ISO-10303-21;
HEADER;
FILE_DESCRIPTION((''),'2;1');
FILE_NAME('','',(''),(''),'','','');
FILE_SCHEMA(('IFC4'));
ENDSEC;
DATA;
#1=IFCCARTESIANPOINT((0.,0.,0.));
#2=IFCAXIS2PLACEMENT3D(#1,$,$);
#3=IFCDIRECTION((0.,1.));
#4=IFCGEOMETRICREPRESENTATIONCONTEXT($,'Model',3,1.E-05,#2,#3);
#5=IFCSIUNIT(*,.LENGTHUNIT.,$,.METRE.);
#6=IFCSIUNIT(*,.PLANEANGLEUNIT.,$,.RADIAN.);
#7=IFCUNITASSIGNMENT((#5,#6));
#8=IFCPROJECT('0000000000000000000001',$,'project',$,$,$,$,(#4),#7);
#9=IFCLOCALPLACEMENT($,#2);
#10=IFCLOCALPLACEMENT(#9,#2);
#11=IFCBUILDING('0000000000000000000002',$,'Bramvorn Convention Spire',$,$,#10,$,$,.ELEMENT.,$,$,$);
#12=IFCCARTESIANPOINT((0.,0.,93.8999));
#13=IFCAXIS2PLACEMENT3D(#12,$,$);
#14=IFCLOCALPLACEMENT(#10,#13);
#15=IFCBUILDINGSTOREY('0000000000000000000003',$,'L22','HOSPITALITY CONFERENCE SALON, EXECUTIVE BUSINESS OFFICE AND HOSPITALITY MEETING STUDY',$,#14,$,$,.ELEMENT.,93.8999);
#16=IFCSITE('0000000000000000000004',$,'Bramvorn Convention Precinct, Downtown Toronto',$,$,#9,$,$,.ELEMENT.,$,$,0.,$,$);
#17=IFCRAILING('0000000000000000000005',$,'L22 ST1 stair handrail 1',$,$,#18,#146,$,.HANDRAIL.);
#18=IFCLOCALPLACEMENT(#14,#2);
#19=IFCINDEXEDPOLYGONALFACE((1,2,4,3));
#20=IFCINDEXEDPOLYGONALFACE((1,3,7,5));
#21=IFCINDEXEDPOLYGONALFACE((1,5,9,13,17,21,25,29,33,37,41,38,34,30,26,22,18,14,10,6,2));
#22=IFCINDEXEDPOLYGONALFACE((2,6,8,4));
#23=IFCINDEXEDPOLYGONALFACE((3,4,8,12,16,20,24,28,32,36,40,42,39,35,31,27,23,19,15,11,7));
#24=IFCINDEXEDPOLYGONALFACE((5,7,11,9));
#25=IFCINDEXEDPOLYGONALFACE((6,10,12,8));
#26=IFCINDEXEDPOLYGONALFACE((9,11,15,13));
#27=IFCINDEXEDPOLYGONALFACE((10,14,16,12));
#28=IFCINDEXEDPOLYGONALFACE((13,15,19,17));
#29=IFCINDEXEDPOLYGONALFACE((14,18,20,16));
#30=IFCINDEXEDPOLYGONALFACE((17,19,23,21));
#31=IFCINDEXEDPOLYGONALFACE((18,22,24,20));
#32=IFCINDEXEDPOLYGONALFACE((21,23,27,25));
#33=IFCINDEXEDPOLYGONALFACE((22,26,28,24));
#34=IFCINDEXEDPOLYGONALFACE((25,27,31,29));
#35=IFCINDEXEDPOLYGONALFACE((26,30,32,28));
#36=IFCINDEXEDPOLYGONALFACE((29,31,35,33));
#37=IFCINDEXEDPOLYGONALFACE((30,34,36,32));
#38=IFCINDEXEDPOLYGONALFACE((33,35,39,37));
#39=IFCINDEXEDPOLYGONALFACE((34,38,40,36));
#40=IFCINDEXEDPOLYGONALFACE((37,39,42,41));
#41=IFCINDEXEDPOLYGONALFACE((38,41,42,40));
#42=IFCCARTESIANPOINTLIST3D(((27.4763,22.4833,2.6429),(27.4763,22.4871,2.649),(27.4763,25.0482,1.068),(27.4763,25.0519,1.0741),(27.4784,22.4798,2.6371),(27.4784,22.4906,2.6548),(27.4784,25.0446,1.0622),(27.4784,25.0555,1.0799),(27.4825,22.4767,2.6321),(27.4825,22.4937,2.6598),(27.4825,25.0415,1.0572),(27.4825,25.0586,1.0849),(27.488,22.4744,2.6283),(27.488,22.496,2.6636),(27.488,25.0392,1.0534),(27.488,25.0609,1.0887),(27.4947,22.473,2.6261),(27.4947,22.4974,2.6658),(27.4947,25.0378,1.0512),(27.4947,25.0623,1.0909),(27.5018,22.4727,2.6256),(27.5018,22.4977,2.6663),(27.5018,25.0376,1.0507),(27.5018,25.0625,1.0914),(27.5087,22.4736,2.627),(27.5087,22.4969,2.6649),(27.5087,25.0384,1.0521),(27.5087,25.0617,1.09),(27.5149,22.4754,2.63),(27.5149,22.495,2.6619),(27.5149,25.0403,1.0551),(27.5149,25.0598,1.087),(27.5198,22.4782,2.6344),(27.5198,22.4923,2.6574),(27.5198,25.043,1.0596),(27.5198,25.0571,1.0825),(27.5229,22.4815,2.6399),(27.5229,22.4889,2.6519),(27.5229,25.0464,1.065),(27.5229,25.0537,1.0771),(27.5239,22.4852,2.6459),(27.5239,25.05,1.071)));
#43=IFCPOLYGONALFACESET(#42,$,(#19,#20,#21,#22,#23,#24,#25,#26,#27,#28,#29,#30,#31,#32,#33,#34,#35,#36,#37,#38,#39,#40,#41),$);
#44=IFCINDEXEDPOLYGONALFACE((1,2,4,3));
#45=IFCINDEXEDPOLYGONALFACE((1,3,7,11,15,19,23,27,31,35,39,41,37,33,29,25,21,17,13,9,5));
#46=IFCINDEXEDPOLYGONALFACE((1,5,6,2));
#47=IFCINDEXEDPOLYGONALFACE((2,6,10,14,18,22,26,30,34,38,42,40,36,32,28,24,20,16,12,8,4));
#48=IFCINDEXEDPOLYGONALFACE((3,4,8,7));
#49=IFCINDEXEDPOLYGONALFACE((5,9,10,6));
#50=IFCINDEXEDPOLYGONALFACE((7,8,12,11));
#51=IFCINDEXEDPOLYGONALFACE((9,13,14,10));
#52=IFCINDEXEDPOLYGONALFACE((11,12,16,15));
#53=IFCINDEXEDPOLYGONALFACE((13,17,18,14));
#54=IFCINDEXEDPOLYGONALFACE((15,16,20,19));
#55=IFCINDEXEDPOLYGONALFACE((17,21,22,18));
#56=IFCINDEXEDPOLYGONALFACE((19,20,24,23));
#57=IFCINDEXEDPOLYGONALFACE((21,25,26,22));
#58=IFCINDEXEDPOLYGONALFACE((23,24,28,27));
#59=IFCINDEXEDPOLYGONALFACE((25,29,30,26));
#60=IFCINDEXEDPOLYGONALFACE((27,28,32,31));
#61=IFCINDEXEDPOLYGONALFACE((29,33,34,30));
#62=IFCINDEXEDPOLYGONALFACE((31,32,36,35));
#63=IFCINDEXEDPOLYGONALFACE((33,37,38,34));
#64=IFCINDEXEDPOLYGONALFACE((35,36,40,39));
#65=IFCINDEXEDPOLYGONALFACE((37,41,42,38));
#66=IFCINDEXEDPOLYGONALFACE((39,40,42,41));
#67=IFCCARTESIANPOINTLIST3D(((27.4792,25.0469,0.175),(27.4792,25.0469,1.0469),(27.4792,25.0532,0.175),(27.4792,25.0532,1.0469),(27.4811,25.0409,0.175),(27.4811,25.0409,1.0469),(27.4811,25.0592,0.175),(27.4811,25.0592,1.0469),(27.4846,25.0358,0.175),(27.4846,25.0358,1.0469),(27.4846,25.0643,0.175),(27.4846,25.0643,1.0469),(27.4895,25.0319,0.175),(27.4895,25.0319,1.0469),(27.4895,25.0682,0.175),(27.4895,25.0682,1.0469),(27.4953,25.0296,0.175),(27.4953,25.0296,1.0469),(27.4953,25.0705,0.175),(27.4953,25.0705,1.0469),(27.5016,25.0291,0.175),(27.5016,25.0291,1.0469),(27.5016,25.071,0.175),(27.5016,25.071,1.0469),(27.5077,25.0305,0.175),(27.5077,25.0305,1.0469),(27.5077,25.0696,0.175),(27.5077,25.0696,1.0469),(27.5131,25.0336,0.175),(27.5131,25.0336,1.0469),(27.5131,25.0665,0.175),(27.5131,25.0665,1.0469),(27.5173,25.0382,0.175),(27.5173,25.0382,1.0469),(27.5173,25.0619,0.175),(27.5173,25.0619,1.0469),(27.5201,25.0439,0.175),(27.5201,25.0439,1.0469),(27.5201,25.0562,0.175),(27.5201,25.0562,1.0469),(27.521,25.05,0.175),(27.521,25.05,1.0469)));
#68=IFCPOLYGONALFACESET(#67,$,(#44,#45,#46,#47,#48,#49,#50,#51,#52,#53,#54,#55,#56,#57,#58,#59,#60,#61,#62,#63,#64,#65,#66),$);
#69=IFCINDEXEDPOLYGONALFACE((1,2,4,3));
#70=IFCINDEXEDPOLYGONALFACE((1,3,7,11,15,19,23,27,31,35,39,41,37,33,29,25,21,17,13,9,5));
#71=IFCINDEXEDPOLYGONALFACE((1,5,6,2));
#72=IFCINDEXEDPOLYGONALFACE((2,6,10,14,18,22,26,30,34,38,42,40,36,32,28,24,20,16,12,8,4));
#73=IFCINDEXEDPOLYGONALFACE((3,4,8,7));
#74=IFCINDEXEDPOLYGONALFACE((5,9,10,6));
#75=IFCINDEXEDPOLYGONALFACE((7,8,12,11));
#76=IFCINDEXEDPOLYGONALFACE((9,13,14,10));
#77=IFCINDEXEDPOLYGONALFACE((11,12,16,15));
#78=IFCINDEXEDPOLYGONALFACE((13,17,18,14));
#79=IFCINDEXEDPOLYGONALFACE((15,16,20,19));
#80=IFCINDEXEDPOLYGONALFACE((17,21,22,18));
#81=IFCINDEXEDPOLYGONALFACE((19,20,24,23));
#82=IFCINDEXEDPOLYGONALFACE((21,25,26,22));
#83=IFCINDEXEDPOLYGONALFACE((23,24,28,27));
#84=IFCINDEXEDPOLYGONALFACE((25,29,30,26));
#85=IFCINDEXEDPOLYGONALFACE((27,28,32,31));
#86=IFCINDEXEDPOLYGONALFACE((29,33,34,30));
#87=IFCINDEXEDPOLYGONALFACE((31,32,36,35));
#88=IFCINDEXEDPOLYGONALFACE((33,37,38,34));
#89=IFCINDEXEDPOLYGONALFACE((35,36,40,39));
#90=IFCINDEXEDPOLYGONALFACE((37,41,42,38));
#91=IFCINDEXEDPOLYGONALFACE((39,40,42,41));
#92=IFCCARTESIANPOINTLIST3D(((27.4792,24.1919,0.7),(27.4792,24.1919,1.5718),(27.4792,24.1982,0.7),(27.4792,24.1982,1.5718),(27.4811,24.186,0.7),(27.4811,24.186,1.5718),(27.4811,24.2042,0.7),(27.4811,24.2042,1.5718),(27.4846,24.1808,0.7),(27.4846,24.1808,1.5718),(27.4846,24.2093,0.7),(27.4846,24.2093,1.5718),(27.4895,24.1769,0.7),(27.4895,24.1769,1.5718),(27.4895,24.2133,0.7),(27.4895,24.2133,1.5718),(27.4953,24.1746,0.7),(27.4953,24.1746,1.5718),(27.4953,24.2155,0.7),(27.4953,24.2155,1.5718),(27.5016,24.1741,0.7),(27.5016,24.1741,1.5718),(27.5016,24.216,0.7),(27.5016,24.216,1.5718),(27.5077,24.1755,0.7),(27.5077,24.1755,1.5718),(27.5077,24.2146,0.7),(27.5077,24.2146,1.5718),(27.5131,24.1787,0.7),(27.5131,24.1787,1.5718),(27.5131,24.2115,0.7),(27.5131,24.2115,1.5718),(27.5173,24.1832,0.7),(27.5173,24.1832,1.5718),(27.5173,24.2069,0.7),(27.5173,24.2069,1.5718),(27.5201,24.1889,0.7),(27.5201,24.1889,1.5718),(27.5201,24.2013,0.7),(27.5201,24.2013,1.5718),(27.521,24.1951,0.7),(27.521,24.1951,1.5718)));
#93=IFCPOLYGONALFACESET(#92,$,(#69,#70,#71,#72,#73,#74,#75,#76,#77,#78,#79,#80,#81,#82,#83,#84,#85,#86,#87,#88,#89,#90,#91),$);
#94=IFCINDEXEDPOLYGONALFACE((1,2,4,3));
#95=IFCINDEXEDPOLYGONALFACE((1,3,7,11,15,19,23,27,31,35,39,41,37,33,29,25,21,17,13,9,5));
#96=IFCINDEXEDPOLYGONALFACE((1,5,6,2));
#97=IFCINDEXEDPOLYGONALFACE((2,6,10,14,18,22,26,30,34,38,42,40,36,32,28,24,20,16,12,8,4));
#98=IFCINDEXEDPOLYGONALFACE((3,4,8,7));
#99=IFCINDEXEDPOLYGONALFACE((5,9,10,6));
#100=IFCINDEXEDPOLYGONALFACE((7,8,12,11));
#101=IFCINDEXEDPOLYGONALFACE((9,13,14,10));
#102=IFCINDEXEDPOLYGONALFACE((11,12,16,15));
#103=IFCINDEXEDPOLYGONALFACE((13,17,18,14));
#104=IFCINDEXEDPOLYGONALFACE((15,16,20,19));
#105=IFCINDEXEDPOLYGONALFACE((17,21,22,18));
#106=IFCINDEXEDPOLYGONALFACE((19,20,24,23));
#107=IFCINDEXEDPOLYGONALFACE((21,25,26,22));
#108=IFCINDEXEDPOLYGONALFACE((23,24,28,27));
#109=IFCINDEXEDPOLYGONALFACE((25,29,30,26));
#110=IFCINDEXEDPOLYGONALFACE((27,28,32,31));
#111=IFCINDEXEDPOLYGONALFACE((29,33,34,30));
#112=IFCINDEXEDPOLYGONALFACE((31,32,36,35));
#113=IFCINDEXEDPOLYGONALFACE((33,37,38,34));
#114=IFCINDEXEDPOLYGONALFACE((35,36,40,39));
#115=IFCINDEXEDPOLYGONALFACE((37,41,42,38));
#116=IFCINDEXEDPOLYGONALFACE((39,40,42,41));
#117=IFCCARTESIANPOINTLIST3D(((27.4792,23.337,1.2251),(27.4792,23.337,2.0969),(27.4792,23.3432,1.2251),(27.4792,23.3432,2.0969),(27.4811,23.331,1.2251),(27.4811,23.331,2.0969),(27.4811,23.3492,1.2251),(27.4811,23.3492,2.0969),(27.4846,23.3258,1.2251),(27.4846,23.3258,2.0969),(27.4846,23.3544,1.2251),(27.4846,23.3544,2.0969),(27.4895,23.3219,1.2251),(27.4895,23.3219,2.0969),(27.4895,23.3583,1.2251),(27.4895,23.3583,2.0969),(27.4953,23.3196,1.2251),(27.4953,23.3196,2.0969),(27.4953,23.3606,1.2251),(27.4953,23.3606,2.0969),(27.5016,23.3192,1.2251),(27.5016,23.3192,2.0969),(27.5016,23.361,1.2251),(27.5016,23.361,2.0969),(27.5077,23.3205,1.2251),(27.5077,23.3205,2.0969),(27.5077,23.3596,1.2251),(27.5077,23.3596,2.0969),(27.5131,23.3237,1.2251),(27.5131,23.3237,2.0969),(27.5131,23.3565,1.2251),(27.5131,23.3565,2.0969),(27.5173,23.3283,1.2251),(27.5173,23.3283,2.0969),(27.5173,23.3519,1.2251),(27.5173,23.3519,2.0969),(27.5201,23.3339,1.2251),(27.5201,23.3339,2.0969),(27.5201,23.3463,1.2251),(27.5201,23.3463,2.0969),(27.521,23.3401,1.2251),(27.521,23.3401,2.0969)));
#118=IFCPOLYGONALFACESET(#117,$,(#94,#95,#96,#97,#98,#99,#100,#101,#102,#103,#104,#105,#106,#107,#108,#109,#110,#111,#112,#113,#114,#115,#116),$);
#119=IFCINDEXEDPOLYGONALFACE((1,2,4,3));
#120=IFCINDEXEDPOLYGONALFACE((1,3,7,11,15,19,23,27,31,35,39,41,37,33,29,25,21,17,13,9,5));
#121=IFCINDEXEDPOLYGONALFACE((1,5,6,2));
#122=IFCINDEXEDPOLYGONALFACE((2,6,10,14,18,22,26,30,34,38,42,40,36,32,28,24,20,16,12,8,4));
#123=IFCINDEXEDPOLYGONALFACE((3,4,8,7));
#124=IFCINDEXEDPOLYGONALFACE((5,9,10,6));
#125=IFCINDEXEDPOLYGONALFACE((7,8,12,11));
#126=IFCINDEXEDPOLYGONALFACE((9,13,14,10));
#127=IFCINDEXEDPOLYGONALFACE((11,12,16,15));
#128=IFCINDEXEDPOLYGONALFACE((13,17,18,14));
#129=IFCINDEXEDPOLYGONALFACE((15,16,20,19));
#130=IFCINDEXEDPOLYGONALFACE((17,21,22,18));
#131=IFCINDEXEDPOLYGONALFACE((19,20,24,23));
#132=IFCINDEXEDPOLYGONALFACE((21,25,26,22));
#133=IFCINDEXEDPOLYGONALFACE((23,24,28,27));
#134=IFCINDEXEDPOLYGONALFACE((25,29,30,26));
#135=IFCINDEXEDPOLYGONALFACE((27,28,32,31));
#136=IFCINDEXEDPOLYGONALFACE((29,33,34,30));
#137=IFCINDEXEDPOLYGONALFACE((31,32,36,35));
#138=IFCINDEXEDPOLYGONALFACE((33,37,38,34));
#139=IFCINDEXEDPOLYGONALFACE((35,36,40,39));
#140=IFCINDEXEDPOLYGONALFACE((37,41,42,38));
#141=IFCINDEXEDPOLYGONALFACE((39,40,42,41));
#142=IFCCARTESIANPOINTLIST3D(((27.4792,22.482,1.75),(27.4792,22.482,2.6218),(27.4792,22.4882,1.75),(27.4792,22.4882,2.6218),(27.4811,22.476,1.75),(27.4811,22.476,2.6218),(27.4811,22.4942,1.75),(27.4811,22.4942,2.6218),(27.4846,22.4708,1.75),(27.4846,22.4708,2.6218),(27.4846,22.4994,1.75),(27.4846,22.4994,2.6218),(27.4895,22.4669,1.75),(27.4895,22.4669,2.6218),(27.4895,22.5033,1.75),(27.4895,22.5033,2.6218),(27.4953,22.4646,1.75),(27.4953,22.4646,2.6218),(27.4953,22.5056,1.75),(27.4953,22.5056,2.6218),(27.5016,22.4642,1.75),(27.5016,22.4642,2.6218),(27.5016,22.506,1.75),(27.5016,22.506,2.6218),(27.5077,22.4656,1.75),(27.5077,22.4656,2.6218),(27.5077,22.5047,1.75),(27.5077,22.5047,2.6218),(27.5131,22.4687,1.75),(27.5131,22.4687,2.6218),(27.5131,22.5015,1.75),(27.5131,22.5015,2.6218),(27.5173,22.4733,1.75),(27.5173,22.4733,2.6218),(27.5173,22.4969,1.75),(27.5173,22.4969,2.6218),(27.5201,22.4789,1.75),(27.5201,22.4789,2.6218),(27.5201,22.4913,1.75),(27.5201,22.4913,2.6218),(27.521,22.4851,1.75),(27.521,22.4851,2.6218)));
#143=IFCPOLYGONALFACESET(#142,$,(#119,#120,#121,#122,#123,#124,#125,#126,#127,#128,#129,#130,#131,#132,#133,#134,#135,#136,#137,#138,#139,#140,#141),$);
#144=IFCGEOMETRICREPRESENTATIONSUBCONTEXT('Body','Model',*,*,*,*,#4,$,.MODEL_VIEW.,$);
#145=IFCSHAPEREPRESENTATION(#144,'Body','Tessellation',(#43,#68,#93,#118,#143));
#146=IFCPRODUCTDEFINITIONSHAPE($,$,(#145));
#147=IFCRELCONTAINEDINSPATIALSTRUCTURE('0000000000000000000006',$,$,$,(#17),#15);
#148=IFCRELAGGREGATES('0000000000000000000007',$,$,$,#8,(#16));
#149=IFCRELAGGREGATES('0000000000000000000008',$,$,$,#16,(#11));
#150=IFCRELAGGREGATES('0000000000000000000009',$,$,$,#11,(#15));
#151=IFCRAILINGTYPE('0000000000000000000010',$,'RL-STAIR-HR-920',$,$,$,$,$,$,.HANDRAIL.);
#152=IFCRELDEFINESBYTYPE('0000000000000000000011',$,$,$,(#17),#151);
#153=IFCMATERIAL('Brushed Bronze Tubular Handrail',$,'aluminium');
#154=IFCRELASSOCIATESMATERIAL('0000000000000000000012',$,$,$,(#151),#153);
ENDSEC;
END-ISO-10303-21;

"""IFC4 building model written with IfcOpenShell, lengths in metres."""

from ifc_helpers import new_model, si_unit, direction, frame, origin, origin_2d, place, context, subcontext, project, spatial, circle, extrude, material, type_object, element, save


model = new_model("IFC4")

# Units and contexts
model_context = context("Model", 3, precision=1e-05, world=origin(), true_north=direction((0.0, 1.0)))
body_context = subcontext(model_context, "Body", "Model", "MODEL_VIEW")
ifc_project = project(units=[si_unit("LENGTHUNIT", "METRE"), si_unit("PLANEANGLEUNIT", "RADIAN")], contexts=[model_context])

# Site, building, storey
site_placement = place(None, origin())
site = spatial("IfcSite", under=ifc_project, at=site_placement, Name="Bramvorn Convention Precinct, Downtown Toronto", CompositionType="ELEMENT", RefElevation=0.0)
building_placement = place(site_placement, origin())
building = spatial("IfcBuilding", under=site, at=building_placement, Name="Bramvorn Convention Spire", CompositionType="ELEMENT")
storey_placement = place(building_placement, frame((0.0, 0.0, 93.8999)))
storey = spatial("IfcBuildingStorey", under=building, at=storey_placement, Name="L22", Description="HOSPITALITY CONFERENCE SALON, EXECUTIVE BUSINESS OFFICE AND HOSPITALITY MEETING STUDY", CompositionType="ELEMENT", Elevation=93.8999)

# Railing
ifc_material_1 = material(Name="Brushed Bronze Tubular Handrail", Category="aluminium")
railing_type_1 = type_object("IfcRailingType", Name="RL-STAIR-HR-920", PredefinedType="HANDRAIL", material=ifc_material_1)
railing_1_placement = place(storey_placement, frame((27.5, 25.05, 0.175)))
element("IfcRailing", 1, at=railing_1_placement, inside=storey, type_object=railing_type_1, Name="L22 ST1 stair handrail 1", PredefinedType="HANDRAIL", context=body_context, shape_type="SweptSolid", body=[
    extrude(circle(Radius=0.0239, at=origin_2d()), frame((0.0, 0.0, 0.896), z_axis=(0.0, -0.852173, 0.52326), x_axis=(1.0, 0.0, 0.0)), (0.0, 0.0, 1.0), 3.0098),
    extrude(circle(Radius=0.021, at=origin_2d()), origin(), (0.0, 0.0, 1.0), 0.8718),
    extrude(circle(Radius=0.021, at=origin_2d()), frame((0.0, -0.855, 0.5249)), (0.0, 0.0, 1.0), 0.8718),
    extrude(circle(Radius=0.021, at=origin_2d()), frame((0.0, -1.71, 1.05)), (0.0, 0.0, 1.0), 0.8718),
    extrude(circle(Radius=0.021, at=origin_2d()), frame((0.0, -2.5649, 1.575)), (0.0, 0.0, 1.0), 0.8718),
])

save(model, "model.ifc")
